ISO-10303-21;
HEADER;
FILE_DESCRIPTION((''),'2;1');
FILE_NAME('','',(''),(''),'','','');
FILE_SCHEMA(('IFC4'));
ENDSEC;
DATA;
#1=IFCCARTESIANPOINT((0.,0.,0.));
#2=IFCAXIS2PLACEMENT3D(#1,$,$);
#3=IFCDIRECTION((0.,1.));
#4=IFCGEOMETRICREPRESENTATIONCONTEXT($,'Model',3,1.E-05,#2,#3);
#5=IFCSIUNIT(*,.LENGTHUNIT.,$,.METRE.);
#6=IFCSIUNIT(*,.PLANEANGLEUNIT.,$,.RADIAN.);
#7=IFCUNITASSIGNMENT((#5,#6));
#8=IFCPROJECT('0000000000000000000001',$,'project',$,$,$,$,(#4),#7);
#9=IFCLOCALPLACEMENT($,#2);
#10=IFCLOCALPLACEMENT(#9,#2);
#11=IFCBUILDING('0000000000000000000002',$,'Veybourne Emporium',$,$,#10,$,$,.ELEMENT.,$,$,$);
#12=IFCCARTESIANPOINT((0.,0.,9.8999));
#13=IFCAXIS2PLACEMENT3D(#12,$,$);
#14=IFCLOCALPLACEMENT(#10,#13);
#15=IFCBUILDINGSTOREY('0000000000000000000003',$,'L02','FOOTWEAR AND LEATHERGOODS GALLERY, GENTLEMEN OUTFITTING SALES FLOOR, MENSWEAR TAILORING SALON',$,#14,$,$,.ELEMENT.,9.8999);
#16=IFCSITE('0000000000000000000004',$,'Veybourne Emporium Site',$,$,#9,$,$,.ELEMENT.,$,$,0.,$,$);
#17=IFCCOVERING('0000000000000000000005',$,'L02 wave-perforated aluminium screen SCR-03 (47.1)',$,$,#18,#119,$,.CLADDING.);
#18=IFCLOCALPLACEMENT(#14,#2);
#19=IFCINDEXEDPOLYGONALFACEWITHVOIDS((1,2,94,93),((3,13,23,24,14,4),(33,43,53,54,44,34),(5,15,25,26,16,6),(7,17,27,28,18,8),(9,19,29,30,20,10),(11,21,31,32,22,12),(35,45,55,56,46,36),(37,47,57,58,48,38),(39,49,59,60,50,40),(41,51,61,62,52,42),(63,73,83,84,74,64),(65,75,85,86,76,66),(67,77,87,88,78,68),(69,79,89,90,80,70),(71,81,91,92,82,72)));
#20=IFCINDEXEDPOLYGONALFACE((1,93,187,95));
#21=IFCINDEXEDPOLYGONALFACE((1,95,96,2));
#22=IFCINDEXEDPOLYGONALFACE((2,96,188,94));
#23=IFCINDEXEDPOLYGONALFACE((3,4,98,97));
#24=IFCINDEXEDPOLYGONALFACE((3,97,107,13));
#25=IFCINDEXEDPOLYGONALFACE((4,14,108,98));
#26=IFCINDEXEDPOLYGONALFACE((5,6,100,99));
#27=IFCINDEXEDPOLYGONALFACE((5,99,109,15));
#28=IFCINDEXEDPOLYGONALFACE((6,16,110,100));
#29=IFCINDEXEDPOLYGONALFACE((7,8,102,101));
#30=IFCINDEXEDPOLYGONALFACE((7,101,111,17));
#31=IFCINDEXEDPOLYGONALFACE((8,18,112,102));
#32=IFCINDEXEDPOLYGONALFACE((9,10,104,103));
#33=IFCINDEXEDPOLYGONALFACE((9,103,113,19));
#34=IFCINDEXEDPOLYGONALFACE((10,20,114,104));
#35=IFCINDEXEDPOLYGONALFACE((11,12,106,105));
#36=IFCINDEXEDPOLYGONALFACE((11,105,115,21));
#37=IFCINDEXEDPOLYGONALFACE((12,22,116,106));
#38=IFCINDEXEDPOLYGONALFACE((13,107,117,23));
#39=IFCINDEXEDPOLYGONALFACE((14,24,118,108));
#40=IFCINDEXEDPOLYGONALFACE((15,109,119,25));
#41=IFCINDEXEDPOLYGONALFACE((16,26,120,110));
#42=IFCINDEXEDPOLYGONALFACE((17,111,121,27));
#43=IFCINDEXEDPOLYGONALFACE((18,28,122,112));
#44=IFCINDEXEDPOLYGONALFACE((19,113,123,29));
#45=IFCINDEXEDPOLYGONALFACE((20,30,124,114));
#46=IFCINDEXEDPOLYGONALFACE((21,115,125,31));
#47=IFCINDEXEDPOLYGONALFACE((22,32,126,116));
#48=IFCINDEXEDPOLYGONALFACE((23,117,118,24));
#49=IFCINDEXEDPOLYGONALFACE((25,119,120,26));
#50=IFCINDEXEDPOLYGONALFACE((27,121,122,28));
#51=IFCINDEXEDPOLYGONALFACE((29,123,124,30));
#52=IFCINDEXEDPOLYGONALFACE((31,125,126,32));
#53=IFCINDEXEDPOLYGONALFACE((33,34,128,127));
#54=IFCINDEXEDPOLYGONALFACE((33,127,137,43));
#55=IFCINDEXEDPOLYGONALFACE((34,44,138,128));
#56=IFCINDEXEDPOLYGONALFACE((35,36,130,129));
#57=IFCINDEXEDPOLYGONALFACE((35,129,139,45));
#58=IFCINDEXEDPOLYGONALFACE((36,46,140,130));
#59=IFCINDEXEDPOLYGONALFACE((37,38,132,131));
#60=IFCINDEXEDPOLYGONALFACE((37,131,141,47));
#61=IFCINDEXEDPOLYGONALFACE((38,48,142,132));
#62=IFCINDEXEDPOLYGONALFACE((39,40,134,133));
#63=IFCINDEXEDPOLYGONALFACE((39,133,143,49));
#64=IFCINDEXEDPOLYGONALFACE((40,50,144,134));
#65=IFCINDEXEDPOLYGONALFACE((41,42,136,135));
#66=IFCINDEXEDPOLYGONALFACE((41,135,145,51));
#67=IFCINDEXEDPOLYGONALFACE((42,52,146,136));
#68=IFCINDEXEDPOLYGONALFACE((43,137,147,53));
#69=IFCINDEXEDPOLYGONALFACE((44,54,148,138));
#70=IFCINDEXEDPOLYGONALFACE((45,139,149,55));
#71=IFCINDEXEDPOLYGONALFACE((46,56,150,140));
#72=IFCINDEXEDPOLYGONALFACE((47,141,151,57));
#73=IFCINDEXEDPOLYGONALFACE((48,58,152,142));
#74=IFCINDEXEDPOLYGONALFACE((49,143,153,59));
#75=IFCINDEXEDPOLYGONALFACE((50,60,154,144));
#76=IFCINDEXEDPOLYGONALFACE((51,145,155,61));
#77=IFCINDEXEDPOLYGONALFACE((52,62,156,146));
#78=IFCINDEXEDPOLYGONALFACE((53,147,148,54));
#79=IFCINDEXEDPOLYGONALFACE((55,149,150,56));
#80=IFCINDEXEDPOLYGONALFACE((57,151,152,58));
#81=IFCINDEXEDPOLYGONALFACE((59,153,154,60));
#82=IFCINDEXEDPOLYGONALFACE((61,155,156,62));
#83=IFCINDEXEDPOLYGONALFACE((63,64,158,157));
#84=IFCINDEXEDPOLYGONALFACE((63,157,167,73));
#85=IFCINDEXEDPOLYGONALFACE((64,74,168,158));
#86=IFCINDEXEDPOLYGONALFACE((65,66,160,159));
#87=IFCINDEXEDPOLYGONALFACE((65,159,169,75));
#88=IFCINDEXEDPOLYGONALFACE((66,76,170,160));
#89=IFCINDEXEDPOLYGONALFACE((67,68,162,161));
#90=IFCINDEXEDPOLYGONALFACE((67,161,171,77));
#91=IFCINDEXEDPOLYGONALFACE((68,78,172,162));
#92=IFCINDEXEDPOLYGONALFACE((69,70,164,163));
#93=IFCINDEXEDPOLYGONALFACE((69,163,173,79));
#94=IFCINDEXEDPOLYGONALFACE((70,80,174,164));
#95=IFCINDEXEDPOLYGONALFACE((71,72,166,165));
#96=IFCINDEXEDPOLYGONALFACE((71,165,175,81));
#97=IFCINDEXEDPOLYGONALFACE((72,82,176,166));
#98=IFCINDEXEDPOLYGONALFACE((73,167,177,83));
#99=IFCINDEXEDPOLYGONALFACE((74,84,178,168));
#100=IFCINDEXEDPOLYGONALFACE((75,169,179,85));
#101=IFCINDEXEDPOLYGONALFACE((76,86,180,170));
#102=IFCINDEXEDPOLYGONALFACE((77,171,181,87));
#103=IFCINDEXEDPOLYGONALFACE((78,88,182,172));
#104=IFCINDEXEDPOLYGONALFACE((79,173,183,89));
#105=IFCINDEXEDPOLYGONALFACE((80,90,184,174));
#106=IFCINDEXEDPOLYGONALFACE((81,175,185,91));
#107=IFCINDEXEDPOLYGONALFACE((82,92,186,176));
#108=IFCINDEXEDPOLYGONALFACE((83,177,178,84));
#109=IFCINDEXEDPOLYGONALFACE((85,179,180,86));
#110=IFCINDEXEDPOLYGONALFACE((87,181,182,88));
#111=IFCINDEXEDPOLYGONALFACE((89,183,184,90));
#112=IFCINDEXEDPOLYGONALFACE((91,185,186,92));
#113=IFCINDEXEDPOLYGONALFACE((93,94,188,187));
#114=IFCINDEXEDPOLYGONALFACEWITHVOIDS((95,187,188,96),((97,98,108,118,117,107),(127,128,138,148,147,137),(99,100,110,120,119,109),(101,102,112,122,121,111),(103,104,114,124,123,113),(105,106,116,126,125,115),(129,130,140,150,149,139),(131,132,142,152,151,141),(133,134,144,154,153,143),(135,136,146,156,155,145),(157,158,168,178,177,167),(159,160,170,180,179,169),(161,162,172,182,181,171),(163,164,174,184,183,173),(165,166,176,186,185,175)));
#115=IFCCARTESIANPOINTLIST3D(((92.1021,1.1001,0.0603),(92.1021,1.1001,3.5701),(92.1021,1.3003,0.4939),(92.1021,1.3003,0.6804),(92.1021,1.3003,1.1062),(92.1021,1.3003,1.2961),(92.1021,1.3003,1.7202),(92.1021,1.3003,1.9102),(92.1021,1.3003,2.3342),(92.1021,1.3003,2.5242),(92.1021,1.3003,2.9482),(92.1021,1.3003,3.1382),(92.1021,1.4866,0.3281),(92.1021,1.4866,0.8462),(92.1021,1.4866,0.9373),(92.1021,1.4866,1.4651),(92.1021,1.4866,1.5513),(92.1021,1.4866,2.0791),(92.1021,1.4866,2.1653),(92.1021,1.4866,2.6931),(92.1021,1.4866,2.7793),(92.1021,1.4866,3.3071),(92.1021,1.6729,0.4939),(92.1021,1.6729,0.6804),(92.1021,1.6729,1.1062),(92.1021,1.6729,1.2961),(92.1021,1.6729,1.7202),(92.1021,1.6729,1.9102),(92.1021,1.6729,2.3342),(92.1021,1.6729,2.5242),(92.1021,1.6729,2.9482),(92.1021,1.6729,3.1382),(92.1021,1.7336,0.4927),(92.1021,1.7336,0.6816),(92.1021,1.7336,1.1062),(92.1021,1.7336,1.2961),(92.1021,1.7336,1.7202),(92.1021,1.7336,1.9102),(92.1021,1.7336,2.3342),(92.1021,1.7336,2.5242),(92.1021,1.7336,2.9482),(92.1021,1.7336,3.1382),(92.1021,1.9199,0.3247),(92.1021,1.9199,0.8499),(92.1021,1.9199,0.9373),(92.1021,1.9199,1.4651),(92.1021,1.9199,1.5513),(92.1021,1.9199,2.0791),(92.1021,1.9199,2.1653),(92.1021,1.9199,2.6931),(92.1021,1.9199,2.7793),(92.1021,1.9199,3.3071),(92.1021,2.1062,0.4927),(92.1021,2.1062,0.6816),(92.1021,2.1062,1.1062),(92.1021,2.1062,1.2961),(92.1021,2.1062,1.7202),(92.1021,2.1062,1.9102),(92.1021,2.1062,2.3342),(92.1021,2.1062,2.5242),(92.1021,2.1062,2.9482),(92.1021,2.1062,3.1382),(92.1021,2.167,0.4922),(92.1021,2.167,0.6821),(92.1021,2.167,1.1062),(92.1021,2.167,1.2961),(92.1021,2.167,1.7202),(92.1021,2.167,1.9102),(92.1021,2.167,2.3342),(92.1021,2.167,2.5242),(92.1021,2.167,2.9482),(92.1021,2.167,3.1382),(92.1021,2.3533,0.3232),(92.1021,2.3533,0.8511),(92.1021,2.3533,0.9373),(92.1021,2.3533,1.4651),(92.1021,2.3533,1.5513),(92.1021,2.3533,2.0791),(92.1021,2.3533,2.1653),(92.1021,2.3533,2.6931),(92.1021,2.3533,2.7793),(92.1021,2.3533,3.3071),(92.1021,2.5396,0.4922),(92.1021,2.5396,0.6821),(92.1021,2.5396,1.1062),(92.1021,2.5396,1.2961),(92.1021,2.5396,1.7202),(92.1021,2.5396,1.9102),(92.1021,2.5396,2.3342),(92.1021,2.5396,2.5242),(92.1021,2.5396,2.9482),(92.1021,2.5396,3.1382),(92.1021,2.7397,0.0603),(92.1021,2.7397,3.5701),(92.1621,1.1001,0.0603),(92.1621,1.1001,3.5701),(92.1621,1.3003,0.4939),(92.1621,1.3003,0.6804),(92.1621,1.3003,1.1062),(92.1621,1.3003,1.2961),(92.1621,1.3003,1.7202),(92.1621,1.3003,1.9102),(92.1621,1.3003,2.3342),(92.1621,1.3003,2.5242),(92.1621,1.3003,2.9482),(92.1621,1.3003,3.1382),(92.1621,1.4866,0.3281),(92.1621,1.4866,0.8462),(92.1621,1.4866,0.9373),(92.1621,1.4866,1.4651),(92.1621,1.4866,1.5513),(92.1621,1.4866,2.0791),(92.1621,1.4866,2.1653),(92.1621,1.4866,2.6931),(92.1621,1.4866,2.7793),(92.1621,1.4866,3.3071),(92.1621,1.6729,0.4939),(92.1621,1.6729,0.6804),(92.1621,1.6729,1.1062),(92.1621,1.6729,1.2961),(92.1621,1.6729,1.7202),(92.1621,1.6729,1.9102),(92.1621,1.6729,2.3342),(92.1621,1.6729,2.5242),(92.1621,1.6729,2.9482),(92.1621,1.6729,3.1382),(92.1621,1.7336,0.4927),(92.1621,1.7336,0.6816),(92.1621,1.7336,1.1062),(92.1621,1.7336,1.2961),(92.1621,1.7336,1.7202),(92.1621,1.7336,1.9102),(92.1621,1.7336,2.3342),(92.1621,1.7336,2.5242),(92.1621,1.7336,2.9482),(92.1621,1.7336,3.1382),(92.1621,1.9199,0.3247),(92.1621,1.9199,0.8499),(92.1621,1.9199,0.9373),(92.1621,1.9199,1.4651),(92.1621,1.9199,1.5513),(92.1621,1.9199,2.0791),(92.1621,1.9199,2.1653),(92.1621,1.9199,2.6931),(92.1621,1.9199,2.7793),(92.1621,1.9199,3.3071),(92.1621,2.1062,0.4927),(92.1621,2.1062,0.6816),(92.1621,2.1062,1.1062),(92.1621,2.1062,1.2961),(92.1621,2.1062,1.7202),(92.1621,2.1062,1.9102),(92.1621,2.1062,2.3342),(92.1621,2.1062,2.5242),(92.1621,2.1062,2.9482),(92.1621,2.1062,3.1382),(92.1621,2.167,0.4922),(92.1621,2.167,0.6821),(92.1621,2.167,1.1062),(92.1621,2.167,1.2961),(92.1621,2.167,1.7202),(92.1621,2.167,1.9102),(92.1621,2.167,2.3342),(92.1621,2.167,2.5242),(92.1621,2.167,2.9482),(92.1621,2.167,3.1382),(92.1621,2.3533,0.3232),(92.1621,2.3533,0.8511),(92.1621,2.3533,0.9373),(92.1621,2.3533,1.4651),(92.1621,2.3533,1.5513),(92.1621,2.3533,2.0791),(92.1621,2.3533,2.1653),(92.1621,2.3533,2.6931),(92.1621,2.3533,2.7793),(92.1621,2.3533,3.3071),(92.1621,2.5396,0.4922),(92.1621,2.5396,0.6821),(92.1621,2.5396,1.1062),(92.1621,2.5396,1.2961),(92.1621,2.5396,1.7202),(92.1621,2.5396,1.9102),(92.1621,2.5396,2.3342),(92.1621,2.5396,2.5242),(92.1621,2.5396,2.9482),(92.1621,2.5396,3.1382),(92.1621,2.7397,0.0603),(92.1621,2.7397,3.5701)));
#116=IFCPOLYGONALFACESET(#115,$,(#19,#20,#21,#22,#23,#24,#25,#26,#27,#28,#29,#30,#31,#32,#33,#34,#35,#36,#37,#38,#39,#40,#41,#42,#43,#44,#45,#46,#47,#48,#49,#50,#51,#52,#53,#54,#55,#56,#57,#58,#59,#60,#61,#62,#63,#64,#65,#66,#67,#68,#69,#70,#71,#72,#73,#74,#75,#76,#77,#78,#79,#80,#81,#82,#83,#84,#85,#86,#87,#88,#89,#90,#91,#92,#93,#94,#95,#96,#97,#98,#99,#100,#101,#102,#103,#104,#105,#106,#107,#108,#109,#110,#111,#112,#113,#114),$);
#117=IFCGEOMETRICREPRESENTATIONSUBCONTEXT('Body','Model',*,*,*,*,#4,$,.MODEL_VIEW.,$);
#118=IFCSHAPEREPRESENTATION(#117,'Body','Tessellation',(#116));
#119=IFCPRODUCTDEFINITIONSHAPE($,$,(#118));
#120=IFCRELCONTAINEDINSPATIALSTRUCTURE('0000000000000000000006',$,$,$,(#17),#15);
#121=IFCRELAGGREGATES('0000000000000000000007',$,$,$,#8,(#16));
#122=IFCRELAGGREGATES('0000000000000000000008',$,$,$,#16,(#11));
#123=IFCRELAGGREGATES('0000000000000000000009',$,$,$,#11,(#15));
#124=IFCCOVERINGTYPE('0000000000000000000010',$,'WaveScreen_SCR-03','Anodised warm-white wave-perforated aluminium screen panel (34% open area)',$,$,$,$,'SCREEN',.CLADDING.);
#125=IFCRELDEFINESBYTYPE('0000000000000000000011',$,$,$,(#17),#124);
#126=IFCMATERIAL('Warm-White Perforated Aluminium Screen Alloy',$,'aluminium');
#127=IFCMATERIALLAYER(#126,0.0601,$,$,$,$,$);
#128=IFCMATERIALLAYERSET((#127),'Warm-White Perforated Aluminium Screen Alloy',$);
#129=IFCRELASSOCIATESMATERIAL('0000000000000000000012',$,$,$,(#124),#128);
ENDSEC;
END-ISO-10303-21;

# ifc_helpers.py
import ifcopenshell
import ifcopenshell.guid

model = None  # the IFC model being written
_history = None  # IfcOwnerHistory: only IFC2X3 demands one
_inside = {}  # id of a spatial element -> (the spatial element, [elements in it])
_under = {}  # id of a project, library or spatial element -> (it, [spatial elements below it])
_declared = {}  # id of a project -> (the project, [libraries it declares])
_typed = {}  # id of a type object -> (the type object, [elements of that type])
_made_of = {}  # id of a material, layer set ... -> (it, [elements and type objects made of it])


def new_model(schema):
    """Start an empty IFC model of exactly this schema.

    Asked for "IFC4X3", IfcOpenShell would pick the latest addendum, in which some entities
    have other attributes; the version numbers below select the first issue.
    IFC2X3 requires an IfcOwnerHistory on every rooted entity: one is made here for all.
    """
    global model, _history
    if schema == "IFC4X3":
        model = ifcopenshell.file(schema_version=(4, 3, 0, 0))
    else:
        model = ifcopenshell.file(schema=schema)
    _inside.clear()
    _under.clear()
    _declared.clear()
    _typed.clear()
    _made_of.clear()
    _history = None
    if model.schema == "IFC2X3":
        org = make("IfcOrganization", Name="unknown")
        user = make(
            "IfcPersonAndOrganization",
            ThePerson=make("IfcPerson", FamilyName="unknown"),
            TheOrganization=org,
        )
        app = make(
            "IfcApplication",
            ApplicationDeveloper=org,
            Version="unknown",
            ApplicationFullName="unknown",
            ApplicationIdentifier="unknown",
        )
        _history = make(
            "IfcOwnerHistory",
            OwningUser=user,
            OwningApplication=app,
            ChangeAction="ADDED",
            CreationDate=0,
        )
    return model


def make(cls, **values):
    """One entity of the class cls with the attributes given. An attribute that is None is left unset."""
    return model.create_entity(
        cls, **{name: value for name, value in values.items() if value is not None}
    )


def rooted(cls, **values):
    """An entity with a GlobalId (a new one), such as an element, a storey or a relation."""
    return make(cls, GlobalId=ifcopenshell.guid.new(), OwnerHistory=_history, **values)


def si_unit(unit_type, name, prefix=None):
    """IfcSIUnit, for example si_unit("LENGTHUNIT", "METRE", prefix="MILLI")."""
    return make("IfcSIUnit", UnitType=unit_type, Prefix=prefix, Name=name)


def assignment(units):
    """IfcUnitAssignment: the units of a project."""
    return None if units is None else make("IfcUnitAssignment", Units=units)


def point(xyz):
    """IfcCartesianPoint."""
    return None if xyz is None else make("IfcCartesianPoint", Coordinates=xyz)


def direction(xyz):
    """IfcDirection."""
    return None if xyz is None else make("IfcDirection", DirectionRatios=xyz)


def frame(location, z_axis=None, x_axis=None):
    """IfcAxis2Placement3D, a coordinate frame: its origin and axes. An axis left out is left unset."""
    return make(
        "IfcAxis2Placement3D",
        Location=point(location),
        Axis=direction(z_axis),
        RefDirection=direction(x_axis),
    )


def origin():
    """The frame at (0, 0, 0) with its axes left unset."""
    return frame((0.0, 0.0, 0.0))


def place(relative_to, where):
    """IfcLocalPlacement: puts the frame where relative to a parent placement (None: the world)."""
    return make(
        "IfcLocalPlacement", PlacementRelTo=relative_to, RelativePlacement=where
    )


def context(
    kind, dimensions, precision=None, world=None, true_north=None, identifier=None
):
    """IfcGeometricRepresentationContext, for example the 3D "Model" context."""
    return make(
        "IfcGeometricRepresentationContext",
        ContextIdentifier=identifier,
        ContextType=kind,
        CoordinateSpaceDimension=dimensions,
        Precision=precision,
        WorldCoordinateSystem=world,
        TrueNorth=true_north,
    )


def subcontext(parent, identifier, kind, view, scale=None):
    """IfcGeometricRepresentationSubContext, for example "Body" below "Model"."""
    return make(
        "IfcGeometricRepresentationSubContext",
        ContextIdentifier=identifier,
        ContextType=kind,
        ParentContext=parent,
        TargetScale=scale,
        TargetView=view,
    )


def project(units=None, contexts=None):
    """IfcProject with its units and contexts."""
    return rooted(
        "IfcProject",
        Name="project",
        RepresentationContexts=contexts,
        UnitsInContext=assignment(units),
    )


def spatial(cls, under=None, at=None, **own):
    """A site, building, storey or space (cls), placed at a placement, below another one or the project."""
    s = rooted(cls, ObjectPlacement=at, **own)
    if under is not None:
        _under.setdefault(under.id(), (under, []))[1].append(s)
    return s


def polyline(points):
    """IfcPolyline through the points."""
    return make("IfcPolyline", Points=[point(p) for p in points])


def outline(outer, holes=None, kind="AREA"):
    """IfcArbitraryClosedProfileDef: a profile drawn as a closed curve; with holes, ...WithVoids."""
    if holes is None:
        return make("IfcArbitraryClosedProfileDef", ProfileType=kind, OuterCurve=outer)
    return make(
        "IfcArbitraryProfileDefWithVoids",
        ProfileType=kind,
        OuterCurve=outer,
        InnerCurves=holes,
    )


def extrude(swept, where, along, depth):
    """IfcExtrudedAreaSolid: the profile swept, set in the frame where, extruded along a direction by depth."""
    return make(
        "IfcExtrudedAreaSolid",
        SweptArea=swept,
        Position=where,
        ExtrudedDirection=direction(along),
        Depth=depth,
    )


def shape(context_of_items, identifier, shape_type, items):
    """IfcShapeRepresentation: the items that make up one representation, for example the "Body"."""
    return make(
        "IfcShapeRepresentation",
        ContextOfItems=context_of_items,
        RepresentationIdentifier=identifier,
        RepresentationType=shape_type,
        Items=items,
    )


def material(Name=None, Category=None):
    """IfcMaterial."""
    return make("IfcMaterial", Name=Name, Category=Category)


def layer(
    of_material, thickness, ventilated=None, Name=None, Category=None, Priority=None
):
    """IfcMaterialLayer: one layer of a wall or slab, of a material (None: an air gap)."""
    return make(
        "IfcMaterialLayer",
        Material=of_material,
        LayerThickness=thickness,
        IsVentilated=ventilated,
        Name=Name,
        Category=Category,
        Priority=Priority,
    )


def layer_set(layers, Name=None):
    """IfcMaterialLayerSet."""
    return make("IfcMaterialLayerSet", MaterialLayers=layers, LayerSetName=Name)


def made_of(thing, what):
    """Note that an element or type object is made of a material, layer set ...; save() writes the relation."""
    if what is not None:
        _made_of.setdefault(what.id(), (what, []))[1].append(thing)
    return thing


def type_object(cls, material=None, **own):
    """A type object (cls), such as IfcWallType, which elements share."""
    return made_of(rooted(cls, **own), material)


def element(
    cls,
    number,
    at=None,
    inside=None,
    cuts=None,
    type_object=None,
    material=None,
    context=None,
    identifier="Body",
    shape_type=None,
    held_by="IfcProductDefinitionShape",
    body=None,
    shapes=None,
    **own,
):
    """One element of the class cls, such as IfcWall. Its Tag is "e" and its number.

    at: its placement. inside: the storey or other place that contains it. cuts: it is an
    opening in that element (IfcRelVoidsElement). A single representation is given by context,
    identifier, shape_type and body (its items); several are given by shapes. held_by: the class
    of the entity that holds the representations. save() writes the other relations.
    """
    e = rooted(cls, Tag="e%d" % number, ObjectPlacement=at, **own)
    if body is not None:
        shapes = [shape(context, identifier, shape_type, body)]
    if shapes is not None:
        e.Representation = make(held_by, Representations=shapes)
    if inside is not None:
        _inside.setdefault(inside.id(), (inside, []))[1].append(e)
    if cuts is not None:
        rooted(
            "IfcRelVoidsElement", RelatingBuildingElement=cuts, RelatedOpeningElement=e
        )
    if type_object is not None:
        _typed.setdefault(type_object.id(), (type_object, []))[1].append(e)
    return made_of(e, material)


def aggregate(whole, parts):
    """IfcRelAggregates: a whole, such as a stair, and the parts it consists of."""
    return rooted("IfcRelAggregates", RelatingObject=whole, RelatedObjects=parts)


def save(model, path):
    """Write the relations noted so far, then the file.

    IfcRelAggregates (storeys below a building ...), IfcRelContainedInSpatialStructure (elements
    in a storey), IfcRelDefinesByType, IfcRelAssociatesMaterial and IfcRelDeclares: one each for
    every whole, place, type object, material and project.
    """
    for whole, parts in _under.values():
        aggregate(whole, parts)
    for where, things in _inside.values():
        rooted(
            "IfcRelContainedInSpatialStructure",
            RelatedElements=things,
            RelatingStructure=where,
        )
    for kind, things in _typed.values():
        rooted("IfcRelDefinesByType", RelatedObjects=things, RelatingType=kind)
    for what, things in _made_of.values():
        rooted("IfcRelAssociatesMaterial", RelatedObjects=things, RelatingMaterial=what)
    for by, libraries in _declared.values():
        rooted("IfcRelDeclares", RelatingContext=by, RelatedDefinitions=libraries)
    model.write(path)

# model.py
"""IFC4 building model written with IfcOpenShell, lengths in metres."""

from ifc_helpers import new_model, si_unit, direction, frame, origin, place, context, subcontext, project, spatial, polyline, outline, extrude, material, layer, layer_set, type_object, element, save


model = new_model("IFC4")

# Units and contexts
model_context = context("Model", 3, precision=1e-05, world=origin(), true_north=direction((0.0, 1.0)))
body_context = subcontext(model_context, "Body", "Model", "MODEL_VIEW")
ifc_project = project(units=[si_unit("LENGTHUNIT", "METRE"), si_unit("PLANEANGLEUNIT", "RADIAN")], contexts=[model_context])

# Site, building, storey
site_placement = place(None, origin())
site = spatial("IfcSite", under=ifc_project, at=site_placement, Name="Veybourne Emporium Site", CompositionType="ELEMENT", RefElevation=0.0)
building_placement = place(site_placement, origin())
building = spatial("IfcBuilding", under=site, at=building_placement, Name="Veybourne Emporium", CompositionType="ELEMENT")
storey_placement = place(building_placement, frame((0.0, 0.0, 9.8999)))
storey = spatial("IfcBuildingStorey", under=building, at=storey_placement, Name="L02", Description="FOOTWEAR AND LEATHERGOODS GALLERY, GENTLEMEN OUTFITTING SALES FLOOR, MENSWEAR TAILORING SALON", CompositionType="ELEMENT", Elevation=9.8999)

# Covering
ifc_material_1 = material(Name="Warm-White Perforated Aluminium Screen Alloy", Category="aluminium")
ifc_layer_1 = layer(ifc_material_1, 0.0601)
ifc_layer_set_1 = layer_set([ifc_layer_1], Name="Warm-White Perforated Aluminium Screen Alloy")
covering_type_1 = type_object("IfcCoveringType", Name="WaveScreen_SCR-03", Description="Anodised warm-white wave-perforated aluminium screen panel (34% open area)", ElementType="SCREEN", PredefinedType="CLADDING", material=ifc_layer_set_1)
covering_1_placement = place(storey_placement, frame((92.1021, 1.9199, 1.8152), z_axis=(1.0, 0.0, 0.0), x_axis=(0.0, 1.0, 0.0)))
element("IfcCovering", 1, at=covering_1_placement, inside=storey, type_object=covering_type_1, Name="L02 wave-perforated aluminium screen SCR-03 (47.1)", PredefinedType="CLADDING", context=body_context, shape_type="SweptSolid", body=[
    extrude(outline(polyline([(-0.8198, -1.7549), (0.8198, -1.7549), (0.8198, 1.7549), (-0.8198, 1.7549), (-0.8198, -1.7549)]), holes=[polyline([(-0.4333, -0.969), (-0.2471, -1.1348), (-0.2471, -1.3213), (-0.4333, -1.4871), (-0.6196, -1.3213), (-0.6196, -1.1348), (-0.4333, -0.969)]), polyline([(-0.4333, -0.3501), (-0.2471, -0.519), (-0.2471, -0.709), (-0.4333, -0.8779), (-0.6196, -0.709), (-0.6196, -0.519), (-0.4333, -0.3501)]), polyline([(-0.4333, 0.2639), (-0.2471, 0.095), (-0.2471, -0.095), (-0.4333, -0.2639), (-0.6196, -0.095), (-0.6196, 0.095), (-0.4333, 0.2639)]), polyline([(-0.4333, 0.8779), (-0.2471, 0.709), (-0.2471, 0.519), (-0.4333, 0.3501), (-0.6196, 0.519), (-0.6196, 0.709), (-0.4333, 0.8779)]), polyline([(-0.4333, 1.4919), (-0.2471, 1.323), (-0.2471, 1.1331), (-0.4333, 0.9641), (-0.6196, 1.1331), (-0.6196, 1.323), (-0.4333, 1.4919)]), polyline([(0.0, -0.9653), (0.1863, -1.1335), (0.1863, -1.3225), (0.0, -1.4905), (-0.1863, -1.3225), (-0.1863, -1.1335), (0.0, -0.9653)]), polyline([(0.0, -0.3501), (0.1863, -0.519), (0.1863, -0.709), (0.0, -0.8779), (-0.1863, -0.709), (-0.1863, -0.519), (0.0, -0.3501)]), polyline([(0.0, 0.2639), (0.1863, 0.095), (0.1863, -0.095), (0.0, -0.2639), (-0.1863, -0.095), (-0.1863, 0.095), (0.0, 0.2639)]), polyline([(0.0, 0.8779), (0.1863, 0.709), (0.1863, 0.519), (0.0, 0.3501), (-0.1863, 0.519), (-0.1863, 0.709), (0.0, 0.8779)]), polyline([(0.0, 1.4919), (0.1863, 1.323), (0.1863, 1.1331), (0.0, 0.9641), (-0.1863, 1.1331), (-0.1863, 1.323), (0.0, 1.4919)]), polyline([(0.4333, -0.9641), (0.6196, -1.1331), (0.6196, -1.323), (0.4333, -1.4919), (0.2471, -1.323), (0.2471, -1.1331), (0.4333, -0.9641)]), polyline([(0.4333, -0.3501), (0.6196, -0.519), (0.6196, -0.709), (0.4333, -0.8779), (0.2471, -0.709), (0.2471, -0.519), (0.4333, -0.3501)]), polyline([(0.4333, 0.2639), (0.6196, 0.095), (0.6196, -0.095), (0.4333, -0.2639), (0.2471, -0.095), (0.2471, 0.095), (0.4333, 0.2639)]), polyline([(0.4333, 0.8779), (0.6196, 0.709), (0.6196, 0.519), (0.4333, 0.3501), (0.2471, 0.519), (0.2471, 0.709), (0.4333, 0.8779)]), polyline([(0.4333, 1.4919), (0.6196, 1.323), (0.6196, 1.1331), (0.4333, 0.9641), (0.2471, 1.1331), (0.2471, 1.323), (0.4333, 1.4919)])]), origin(), (0.0, 0.0, 1.0), 0.0601),
])

save(model, "model.ifc")
